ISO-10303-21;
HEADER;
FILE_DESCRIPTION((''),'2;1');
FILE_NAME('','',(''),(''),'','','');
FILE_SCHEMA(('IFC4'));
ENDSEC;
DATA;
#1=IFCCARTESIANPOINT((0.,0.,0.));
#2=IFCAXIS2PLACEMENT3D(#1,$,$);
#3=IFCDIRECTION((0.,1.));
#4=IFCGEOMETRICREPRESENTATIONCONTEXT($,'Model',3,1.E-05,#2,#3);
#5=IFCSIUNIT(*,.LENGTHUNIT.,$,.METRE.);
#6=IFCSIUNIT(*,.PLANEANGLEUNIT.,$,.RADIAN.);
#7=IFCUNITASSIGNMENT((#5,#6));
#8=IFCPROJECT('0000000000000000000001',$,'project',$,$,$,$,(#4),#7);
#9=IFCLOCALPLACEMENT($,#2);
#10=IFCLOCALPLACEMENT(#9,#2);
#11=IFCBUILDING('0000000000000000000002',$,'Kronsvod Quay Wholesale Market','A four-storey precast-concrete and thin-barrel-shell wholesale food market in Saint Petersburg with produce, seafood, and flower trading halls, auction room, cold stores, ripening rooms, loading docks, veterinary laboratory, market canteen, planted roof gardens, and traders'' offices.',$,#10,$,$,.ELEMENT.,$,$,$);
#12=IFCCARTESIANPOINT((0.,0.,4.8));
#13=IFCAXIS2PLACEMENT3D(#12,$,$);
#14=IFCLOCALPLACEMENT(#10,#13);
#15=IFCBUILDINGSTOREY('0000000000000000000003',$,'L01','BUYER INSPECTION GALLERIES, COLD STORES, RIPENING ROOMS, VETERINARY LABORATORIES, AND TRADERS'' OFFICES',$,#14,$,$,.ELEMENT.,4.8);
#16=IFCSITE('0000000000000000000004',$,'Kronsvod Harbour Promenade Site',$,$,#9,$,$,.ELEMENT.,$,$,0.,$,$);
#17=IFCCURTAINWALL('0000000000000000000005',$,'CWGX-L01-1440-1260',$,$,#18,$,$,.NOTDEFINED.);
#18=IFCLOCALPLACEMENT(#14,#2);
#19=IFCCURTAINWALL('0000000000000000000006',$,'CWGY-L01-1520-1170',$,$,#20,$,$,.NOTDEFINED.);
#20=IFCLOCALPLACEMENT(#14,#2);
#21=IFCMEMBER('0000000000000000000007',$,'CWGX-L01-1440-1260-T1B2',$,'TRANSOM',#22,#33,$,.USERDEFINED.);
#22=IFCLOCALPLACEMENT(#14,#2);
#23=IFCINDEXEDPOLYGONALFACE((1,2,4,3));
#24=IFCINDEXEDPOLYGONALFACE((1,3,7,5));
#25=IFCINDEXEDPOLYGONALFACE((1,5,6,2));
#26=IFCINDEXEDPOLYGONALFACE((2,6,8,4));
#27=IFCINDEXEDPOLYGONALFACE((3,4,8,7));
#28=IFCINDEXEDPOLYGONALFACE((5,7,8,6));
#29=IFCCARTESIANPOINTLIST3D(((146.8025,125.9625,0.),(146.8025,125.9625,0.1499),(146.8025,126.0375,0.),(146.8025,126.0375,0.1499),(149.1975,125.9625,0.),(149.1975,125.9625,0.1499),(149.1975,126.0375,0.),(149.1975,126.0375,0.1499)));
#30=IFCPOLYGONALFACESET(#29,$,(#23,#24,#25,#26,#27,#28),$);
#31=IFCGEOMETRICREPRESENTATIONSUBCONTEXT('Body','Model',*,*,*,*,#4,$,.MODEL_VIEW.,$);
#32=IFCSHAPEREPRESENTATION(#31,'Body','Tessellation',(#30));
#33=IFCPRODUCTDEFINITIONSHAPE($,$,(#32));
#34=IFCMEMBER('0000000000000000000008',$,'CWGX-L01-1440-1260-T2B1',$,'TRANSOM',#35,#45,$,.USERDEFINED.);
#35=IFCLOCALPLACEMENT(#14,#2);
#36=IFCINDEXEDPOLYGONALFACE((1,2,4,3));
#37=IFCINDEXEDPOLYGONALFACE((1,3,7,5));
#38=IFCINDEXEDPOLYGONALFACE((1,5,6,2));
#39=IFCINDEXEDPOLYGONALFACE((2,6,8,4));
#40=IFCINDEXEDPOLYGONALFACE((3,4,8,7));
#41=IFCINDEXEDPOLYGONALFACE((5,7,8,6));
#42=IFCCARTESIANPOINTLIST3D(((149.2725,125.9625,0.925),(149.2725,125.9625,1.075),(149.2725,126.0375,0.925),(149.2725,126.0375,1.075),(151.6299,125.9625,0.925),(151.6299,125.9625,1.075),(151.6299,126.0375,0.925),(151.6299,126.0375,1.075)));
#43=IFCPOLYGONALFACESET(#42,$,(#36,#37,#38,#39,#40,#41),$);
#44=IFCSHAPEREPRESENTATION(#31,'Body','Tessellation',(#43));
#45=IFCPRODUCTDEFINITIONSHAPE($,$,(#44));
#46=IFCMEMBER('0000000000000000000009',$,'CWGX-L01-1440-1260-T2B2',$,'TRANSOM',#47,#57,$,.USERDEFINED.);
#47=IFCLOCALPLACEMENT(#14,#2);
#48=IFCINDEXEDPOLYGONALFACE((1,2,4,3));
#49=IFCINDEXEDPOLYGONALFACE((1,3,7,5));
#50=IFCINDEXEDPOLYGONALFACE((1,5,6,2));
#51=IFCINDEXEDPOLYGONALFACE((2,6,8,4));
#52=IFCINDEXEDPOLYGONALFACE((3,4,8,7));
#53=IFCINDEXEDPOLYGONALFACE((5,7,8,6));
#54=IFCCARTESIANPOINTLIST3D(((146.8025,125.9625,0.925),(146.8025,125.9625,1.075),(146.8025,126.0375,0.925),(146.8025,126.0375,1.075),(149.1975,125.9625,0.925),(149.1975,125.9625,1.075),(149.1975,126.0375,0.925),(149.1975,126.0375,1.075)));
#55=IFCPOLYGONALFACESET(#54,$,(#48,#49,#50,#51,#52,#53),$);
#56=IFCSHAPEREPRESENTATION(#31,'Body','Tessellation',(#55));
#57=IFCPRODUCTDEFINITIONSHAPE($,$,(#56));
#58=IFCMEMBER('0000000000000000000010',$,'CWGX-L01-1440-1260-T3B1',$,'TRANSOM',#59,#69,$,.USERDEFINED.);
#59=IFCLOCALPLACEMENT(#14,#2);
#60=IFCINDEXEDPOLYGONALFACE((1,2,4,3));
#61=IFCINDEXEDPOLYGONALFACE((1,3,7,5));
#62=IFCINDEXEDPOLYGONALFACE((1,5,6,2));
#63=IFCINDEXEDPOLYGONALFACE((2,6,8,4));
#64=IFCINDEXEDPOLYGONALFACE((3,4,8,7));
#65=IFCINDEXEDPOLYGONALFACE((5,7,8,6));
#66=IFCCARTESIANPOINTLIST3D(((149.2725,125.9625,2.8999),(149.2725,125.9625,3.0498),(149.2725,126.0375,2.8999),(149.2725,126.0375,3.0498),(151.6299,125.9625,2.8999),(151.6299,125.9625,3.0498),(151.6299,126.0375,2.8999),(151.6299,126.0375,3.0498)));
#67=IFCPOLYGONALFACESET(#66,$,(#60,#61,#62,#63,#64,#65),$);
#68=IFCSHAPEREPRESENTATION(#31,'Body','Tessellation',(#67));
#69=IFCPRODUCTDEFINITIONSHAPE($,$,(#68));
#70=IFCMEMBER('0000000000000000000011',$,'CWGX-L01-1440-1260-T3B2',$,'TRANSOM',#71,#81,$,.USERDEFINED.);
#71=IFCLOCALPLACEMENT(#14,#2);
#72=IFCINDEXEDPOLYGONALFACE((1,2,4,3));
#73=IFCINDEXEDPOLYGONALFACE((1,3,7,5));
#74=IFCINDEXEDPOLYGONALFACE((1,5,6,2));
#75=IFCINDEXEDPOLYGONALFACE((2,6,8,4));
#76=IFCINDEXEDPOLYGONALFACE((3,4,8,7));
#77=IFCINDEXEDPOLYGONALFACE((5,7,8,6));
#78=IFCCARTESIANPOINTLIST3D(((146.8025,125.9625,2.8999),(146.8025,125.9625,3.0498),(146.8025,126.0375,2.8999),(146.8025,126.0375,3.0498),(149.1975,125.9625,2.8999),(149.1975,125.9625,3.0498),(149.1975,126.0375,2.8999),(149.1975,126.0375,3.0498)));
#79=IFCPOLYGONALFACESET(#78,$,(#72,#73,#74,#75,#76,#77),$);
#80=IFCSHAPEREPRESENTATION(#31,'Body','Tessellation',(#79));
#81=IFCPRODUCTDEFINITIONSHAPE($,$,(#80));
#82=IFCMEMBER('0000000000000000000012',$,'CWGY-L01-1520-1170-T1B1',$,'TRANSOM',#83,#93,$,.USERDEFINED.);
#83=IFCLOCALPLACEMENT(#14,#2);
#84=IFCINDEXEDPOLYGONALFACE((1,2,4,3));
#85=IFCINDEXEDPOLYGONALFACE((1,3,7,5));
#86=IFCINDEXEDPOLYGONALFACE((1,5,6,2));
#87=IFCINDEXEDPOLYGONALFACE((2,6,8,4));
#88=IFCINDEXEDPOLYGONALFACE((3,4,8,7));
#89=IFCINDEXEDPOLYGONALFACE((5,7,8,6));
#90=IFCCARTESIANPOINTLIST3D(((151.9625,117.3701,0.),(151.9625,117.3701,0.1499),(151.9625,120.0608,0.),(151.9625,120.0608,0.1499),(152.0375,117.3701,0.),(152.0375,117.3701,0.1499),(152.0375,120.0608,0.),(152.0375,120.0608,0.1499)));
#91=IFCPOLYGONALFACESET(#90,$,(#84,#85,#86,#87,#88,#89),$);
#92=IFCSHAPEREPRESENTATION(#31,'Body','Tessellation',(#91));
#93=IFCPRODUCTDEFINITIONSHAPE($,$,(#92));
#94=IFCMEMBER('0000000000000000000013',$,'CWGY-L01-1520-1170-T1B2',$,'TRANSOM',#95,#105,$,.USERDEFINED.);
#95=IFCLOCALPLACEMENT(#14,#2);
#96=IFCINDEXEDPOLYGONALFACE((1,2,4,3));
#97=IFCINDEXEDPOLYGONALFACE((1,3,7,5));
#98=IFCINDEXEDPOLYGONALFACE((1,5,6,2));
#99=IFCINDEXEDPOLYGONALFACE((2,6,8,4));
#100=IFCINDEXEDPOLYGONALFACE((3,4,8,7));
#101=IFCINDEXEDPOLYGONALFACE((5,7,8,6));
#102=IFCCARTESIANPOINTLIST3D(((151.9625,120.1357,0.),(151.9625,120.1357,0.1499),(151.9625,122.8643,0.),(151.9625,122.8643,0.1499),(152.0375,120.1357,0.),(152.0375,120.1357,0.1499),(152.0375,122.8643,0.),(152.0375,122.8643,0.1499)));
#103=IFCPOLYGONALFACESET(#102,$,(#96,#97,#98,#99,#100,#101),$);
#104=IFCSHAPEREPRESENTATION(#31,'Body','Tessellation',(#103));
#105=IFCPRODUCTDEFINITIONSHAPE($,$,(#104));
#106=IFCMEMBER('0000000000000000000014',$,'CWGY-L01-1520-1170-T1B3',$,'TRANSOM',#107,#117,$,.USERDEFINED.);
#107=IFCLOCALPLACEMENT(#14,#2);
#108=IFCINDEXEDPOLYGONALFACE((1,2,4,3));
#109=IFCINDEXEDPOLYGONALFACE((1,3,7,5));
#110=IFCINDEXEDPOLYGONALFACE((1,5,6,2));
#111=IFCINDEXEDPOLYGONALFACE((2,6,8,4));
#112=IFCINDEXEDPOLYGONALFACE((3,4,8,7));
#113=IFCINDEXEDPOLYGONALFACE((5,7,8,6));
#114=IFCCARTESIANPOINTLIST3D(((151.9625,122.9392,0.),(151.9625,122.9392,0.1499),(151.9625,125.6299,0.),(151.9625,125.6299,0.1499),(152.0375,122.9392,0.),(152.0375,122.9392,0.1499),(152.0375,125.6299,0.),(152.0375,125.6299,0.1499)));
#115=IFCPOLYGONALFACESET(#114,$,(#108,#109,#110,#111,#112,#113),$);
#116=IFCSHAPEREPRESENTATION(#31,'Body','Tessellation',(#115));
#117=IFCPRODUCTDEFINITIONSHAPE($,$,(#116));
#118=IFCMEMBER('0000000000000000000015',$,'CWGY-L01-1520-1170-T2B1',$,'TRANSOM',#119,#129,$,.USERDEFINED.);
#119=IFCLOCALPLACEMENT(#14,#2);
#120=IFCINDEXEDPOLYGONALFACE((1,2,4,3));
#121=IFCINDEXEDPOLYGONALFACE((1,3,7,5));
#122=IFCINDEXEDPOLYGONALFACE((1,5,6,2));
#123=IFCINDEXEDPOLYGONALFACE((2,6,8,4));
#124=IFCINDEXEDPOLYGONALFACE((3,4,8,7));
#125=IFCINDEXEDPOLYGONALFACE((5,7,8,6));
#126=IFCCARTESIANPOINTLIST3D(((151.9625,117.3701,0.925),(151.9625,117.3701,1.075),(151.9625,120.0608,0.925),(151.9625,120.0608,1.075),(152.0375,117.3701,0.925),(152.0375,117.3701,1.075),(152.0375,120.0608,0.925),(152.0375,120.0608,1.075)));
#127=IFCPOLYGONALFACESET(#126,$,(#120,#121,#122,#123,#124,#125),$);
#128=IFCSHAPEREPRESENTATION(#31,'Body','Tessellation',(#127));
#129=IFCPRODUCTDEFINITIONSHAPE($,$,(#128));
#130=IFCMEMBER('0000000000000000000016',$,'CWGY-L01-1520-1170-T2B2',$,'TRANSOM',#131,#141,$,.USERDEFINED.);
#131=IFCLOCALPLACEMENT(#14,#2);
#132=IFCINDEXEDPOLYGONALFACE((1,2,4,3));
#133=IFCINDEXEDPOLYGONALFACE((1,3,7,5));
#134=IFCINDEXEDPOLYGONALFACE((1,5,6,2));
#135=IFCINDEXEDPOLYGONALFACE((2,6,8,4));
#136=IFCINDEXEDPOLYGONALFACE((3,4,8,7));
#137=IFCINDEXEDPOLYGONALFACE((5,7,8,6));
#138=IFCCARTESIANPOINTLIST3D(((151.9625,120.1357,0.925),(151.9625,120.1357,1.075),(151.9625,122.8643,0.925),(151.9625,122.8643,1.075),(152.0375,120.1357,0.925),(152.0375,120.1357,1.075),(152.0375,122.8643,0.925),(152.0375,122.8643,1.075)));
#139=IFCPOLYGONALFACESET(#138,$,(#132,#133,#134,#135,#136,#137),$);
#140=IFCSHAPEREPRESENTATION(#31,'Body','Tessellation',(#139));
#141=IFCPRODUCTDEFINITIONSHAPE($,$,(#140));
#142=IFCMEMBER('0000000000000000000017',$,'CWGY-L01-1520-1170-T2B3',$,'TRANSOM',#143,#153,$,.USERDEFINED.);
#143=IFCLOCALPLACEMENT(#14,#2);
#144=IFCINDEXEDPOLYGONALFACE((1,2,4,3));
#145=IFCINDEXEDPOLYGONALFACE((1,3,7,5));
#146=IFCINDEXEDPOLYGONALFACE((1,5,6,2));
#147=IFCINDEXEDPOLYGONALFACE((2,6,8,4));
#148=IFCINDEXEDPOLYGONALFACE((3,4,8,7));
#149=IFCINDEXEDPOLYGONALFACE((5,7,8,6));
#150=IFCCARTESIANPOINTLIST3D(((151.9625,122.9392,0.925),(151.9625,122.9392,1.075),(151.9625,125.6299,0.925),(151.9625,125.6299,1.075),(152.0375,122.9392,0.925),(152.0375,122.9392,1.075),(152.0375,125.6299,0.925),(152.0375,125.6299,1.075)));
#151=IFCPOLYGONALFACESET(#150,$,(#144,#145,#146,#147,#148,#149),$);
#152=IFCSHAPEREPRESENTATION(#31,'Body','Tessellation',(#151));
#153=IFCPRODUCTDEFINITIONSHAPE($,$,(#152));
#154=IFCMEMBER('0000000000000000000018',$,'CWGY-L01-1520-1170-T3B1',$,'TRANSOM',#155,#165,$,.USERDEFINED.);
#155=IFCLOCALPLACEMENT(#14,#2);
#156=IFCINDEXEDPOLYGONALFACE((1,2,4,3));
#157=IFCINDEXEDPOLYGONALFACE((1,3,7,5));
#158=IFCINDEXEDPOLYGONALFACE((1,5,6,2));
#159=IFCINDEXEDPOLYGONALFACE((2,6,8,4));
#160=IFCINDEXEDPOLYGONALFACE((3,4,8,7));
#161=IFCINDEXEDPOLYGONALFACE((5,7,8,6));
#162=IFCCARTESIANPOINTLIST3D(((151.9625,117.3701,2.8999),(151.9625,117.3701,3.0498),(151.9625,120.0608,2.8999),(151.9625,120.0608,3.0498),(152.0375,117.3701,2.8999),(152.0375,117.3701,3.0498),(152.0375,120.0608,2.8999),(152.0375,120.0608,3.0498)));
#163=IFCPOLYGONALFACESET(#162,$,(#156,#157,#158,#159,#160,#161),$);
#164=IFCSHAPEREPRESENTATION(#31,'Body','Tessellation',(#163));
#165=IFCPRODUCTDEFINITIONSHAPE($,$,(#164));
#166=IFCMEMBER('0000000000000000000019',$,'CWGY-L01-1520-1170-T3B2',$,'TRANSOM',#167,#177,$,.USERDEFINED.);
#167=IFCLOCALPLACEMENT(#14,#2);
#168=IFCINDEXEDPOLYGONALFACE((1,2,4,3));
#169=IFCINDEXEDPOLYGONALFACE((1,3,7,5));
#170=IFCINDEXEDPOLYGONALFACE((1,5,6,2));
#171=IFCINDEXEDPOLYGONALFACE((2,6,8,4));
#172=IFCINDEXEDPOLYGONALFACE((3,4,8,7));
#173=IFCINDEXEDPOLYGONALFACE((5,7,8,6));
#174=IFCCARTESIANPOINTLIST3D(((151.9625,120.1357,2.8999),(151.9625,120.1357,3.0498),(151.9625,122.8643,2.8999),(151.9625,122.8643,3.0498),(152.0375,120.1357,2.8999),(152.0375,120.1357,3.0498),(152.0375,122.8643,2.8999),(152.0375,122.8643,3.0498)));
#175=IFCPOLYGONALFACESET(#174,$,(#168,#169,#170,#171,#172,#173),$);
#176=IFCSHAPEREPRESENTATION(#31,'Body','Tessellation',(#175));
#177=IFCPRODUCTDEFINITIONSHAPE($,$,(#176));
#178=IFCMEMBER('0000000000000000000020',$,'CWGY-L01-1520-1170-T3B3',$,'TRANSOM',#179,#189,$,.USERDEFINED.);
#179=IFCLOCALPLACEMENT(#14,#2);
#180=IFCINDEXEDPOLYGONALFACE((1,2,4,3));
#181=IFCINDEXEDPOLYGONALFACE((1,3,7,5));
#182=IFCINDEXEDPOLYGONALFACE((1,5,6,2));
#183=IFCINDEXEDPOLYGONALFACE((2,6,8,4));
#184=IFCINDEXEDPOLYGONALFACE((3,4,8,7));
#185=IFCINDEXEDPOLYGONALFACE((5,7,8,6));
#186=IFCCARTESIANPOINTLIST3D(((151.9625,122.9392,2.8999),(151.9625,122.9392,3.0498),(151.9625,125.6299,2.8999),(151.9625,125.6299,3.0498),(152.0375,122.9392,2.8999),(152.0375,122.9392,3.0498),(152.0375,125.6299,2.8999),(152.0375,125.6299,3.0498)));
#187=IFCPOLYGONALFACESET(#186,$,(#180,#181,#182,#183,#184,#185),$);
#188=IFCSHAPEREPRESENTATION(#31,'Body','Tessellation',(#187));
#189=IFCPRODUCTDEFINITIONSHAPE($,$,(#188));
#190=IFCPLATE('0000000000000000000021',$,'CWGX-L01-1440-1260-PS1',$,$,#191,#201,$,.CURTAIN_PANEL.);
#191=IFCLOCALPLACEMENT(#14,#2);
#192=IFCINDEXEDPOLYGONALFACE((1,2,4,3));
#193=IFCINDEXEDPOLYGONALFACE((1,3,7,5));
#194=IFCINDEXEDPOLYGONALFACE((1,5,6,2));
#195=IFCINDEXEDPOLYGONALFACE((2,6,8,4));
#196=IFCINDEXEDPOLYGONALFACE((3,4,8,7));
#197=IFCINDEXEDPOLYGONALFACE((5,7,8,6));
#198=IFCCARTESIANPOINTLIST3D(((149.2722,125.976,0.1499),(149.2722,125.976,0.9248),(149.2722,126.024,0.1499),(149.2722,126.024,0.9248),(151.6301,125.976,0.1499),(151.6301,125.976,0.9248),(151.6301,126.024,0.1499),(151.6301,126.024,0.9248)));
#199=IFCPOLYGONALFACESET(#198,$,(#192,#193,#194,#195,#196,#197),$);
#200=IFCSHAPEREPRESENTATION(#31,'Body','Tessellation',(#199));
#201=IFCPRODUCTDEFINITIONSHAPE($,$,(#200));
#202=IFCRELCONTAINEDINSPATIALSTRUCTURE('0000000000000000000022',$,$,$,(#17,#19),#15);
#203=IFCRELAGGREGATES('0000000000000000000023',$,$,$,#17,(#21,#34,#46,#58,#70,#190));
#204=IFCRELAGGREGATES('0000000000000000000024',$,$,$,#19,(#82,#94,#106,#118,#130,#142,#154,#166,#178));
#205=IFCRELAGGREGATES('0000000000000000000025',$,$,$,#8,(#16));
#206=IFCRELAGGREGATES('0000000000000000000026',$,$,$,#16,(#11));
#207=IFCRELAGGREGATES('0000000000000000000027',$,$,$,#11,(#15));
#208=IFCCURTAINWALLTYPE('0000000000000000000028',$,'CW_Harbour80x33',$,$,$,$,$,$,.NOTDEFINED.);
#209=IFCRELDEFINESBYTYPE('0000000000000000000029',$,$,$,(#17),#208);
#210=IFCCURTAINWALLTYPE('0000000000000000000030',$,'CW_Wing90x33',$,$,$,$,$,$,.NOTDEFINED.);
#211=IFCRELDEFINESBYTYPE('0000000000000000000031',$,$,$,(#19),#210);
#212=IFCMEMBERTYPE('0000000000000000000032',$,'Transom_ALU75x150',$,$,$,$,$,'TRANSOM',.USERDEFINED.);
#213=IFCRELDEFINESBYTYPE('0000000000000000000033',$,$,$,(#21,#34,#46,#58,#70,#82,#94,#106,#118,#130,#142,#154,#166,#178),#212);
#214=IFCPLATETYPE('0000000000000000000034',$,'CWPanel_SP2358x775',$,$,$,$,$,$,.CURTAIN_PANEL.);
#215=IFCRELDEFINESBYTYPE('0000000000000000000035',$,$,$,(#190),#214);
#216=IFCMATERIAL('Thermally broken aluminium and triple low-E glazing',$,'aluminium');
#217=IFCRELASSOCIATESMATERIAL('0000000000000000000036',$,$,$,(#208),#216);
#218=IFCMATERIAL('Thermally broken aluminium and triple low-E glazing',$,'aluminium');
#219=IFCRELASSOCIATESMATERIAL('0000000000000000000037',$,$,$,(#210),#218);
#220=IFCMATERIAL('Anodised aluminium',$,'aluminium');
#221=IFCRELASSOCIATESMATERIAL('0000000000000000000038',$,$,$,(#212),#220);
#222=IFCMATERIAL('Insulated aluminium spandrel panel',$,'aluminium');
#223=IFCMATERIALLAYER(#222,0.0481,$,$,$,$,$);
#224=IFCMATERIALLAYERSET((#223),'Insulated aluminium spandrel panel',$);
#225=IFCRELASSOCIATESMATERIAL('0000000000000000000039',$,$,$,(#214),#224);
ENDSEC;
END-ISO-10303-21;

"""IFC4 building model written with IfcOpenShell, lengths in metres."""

from ifc_helpers import new_model, si_unit, direction, frame, origin, origin_2d, place, context, subcontext, project, spatial, rectangle, extrude, material, layer, layer_set, material_profile, profile_set, type_object, element, aggregate, save


model = new_model("IFC4")

# Units and contexts
model_context = context("Model", 3, precision=1e-05, world=origin(), true_north=direction((0.0, 1.0)))
body_context = subcontext(model_context, "Body", "Model", "MODEL_VIEW")
ifc_project = project(units=[si_unit("LENGTHUNIT", "METRE"), si_unit("PLANEANGLEUNIT", "RADIAN")], contexts=[model_context])

# Site, building, storey
site_placement = place(None, origin())
site = spatial("IfcSite", under=ifc_project, at=site_placement, Name="Kronsvod Harbour Promenade Site", CompositionType="ELEMENT", RefElevation=0.0)
building_placement = place(site_placement, origin())
building = spatial("IfcBuilding", under=site, at=building_placement, Name="Kronsvod Quay Wholesale Market", Description="A four-storey precast-concrete and thin-barrel-shell wholesale food market in Saint Petersburg with produce, seafood, and flower trading halls, auction room, cold stores, ripening rooms, loading docks, veterinary laboratory, market canteen, planted roof gardens, and traders' offices.", CompositionType="ELEMENT")
storey_placement = place(building_placement, frame((0.0, 0.0, 4.8)))
storey = spatial("IfcBuildingStorey", under=building, at=storey_placement, Name="L01", Description="BUYER INSPECTION GALLERIES, COLD STORES, RIPENING ROOMS, VETERINARY LABORATORIES, AND TRADERS' OFFICES", CompositionType="ELEMENT", Elevation=4.8)

# Curtain walls
ifc_material_1 = material(Name="Thermally broken aluminium and triple low-E glazing", Category="aluminium")
curtain_wall_type_1 = type_object("IfcCurtainWallType", Name="CW_Harbour80x33", PredefinedType="NOTDEFINED", material=ifc_material_1)
curtain_wall_1_placement = place(storey_placement, origin())
curtain_wall_1 = element("IfcCurtainWall", 1, at=curtain_wall_1_placement, inside=storey, type_object=curtain_wall_type_1, Name="CWGX-L01-1440-1260", PredefinedType="NOTDEFINED")
ifc_material_2 = material(Name="Thermally broken aluminium and triple low-E glazing", Category="aluminium")
curtain_wall_type_2 = type_object("IfcCurtainWallType", Name="CW_Wing90x33", PredefinedType="NOTDEFINED", material=ifc_material_2)
curtain_wall_2_placement = place(storey_placement, origin())
curtain_wall_2 = element("IfcCurtainWall", 2, at=curtain_wall_2_placement, inside=storey, type_object=curtain_wall_type_2, Name="CWGY-L01-1520-1170", PredefinedType="NOTDEFINED")

# Members
ifc_material_3 = material(Name="Anodised aluminium", Category="aluminium")
ifc_material_profile_1 = material_profile(ifc_material_3, rectangle(XDim=0.075, YDim=0.1499, at=origin_2d()), Name="ALUT75x150")
ifc_profile_set_1 = profile_set([ifc_material_profile_1], Name="Anodised aluminium")
member_type_1 = type_object("IfcMemberType", Name="Transom_ALU75x150", ElementType="TRANSOM", PredefinedType="USERDEFINED", material=ifc_profile_set_1)
member_1_placement = place(storey_placement, frame((149.1975, 126.0, 0.075), z_axis=(-1.0, 0.0, 0.0), x_axis=(0.0, -1.0, 0.0)))
member_1 = element("IfcMember", 3, at=member_1_placement, type_object=member_type_1, Name="CWGX-L01-1440-1260-T1B2", ObjectType="TRANSOM", PredefinedType="USERDEFINED", context=body_context, shape_type="SweptSolid", body=[
    extrude(rectangle(XDim=0.075, YDim=0.1499, at=origin_2d()), origin(), (0.0, 0.0, 1.0), 2.395),
])
member_2_placement = place(storey_placement, frame((151.6299, 126.0, 1.0), z_axis=(-1.0, 0.0, 0.0), x_axis=(0.0, -1.0, 0.0)))
member_2 = element("IfcMember", 4, at=member_2_placement, type_object=member_type_1, Name="CWGX-L01-1440-1260-T2B1", ObjectType="TRANSOM", PredefinedType="USERDEFINED", context=body_context, shape_type="SweptSolid", body=[
    extrude(rectangle(XDim=0.075, YDim=0.1499, at=origin_2d()), origin(), (0.0, 0.0, 1.0), 2.3574),
])
member_3_placement = place(storey_placement, frame((149.1975, 126.0, 1.0), z_axis=(-1.0, 0.0, 0.0), x_axis=(0.0, -1.0, 0.0)))
member_3 = element("IfcMember", 5, at=member_3_placement, type_object=member_type_1, Name="CWGX-L01-1440-1260-T2B2", ObjectType="TRANSOM", PredefinedType="USERDEFINED", context=body_context, shape_type="SweptSolid", body=[
    extrude(rectangle(XDim=0.075, YDim=0.1499, at=origin_2d()), origin(), (0.0, 0.0, 1.0), 2.395),
])
member_4_placement = place(storey_placement, frame((151.6299, 126.0, 2.9749), z_axis=(-1.0, 0.0, 0.0), x_axis=(0.0, -1.0, 0.0)))
member_4 = element("IfcMember", 6, at=member_4_placement, type_object=member_type_1, Name="CWGX-L01-1440-1260-T3B1", ObjectType="TRANSOM", PredefinedType="USERDEFINED", context=body_context, shape_type="SweptSolid", body=[
    extrude(rectangle(XDim=0.075, YDim=0.1499, at=origin_2d()), origin(), (0.0, 0.0, 1.0), 2.3574),
])
member_5_placement = place(storey_placement, frame((149.1975, 126.0, 2.9749), z_axis=(-1.0, 0.0, 0.0), x_axis=(0.0, -1.0, 0.0)))
member_5 = element("IfcMember", 7, at=member_5_placement, type_object=member_type_1, Name="CWGX-L01-1440-1260-T3B2", ObjectType="TRANSOM", PredefinedType="USERDEFINED", context=body_context, shape_type="SweptSolid", body=[
    extrude(rectangle(XDim=0.075, YDim=0.1499, at=origin_2d()), origin(), (0.0, 0.0, 1.0), 2.395),
])
member_6_placement = place(storey_placement, frame((152.0, 117.3701, 0.075), z_axis=(0.0, 1.0, 0.0), x_axis=(-1.0, 0.0, 0.0)))
member_6 = element("IfcMember", 8, at=member_6_placement, type_object=member_type_1, Name="CWGY-L01-1520-1170-T1B1", ObjectType="TRANSOM", PredefinedType="USERDEFINED", context=body_context, shape_type="SweptSolid", body=[
    extrude(rectangle(XDim=0.075, YDim=0.1499, at=origin_2d()), origin(), (0.0, 0.0, 1.0), 2.6907),
])
member_7_placement = place(storey_placement, frame((152.0, 120.1357, 0.075), z_axis=(0.0, 1.0, 0.0), x_axis=(-1.0, 0.0, 0.0)))
member_7 = element("IfcMember", 9, at=member_7_placement, type_object=member_type_1, Name="CWGY-L01-1520-1170-T1B2", ObjectType="TRANSOM", PredefinedType="USERDEFINED", context=body_context, shape_type="SweptSolid", body=[
    extrude(rectangle(XDim=0.075, YDim=0.1499, at=origin_2d()), origin(), (0.0, 0.0, 1.0), 2.7285),
])
member_8_placement = place(storey_placement, frame((152.0, 122.9392, 0.075), z_axis=(0.0, 1.0, 0.0), x_axis=(-1.0, 0.0, 0.0)))
member_8 = element("IfcMember", 10, at=member_8_placement, type_object=member_type_1, Name="CWGY-L01-1520-1170-T1B3", ObjectType="TRANSOM", PredefinedType="USERDEFINED", context=body_context, shape_type="SweptSolid", body=[
    extrude(rectangle(XDim=0.075, YDim=0.1499, at=origin_2d()), origin(), (0.0, 0.0, 1.0), 2.6907),
])
member_9_placement = place(storey_placement, frame((152.0, 117.3701, 1.0), z_axis=(0.0, 1.0, 0.0), x_axis=(-1.0, 0.0, 0.0)))
member_9 = element("IfcMember", 11, at=member_9_placement, type_object=member_type_1, Name="CWGY-L01-1520-1170-T2B1", ObjectType="TRANSOM", PredefinedType="USERDEFINED", context=body_context, shape_type="SweptSolid", body=[
    extrude(rectangle(XDim=0.075, YDim=0.1499, at=origin_2d()), origin(), (0.0, 0.0, 1.0), 2.6907),
])
member_10_placement = place(storey_placement, frame((152.0, 120.1357, 1.0), z_axis=(0.0, 1.0, 0.0), x_axis=(-1.0, 0.0, 0.0)))
member_10 = element("IfcMember", 12, at=member_10_placement, type_object=member_type_1, Name="CWGY-L01-1520-1170-T2B2", ObjectType="TRANSOM", PredefinedType="USERDEFINED", context=body_context, shape_type="SweptSolid", body=[
    extrude(rectangle(XDim=0.075, YDim=0.1499, at=origin_2d()), origin(), (0.0, 0.0, 1.0), 2.7285),
])
member_11_placement = place(storey_placement, frame((152.0, 122.9392, 1.0), z_axis=(0.0, 1.0, 0.0), x_axis=(-1.0, 0.0, 0.0)))
member_11 = element("IfcMember", 13, at=member_11_placement, type_object=member_type_1, Name="CWGY-L01-1520-1170-T2B3", ObjectType="TRANSOM", PredefinedType="USERDEFINED", context=body_context, shape_type="SweptSolid", body=[
    extrude(rectangle(XDim=0.075, YDim=0.1499, at=origin_2d()), origin(), (0.0, 0.0, 1.0), 2.6907),
])
member_12_placement = place(storey_placement, frame((152.0, 117.3701, 2.9749), z_axis=(0.0, 1.0, 0.0), x_axis=(-1.0, 0.0, 0.0)))
member_12 = element("IfcMember", 14, at=member_12_placement, type_object=member_type_1, Name="CWGY-L01-1520-1170-T3B1", ObjectType="TRANSOM", PredefinedType="USERDEFINED", context=body_context, shape_type="SweptSolid", body=[
    extrude(rectangle(XDim=0.075, YDim=0.1499, at=origin_2d()), origin(), (0.0, 0.0, 1.0), 2.6907),
])
member_13_placement = place(storey_placement, frame((152.0, 120.1357, 2.9749), z_axis=(0.0, 1.0, 0.0), x_axis=(-1.0, 0.0, 0.0)))
member_13 = element("IfcMember", 15, at=member_13_placement, type_object=member_type_1, Name="CWGY-L01-1520-1170-T3B2", ObjectType="TRANSOM", PredefinedType="USERDEFINED", context=body_context, shape_type="SweptSolid", body=[
    extrude(rectangle(XDim=0.075, YDim=0.1499, at=origin_2d()), origin(), (0.0, 0.0, 1.0), 2.7285),
])
member_14_placement = place(storey_placement, frame((152.0, 122.9392, 2.9749), z_axis=(0.0, 1.0, 0.0), x_axis=(-1.0, 0.0, 0.0)))
member_14 = element("IfcMember", 16, at=member_14_placement, type_object=member_type_1, Name="CWGY-L01-1520-1170-T3B3", ObjectType="TRANSOM", PredefinedType="USERDEFINED", context=body_context, shape_type="SweptSolid", body=[
    extrude(rectangle(XDim=0.075, YDim=0.1499, at=origin_2d()), origin(), (0.0, 0.0, 1.0), 2.6907),
])

# Plate
ifc_material_4 = material(Name="Insulated aluminium spandrel panel", Category="aluminium")
ifc_layer_1 = layer(ifc_material_4, 0.0481)
ifc_layer_set_1 = layer_set([ifc_layer_1], Name="Insulated aluminium spandrel panel")
plate_type_1 = type_object("IfcPlateType", Name="CWPanel_SP2358x775", PredefinedType="CURTAIN_PANEL", material=ifc_layer_set_1)
plate_1_placement = place(storey_placement, frame((150.4512, 126.0, 0.1499), z_axis=(0.0, 0.0, 1.0), x_axis=(-1.0, 0.0, 0.0)))
plate_1 = element("IfcPlate", 17, at=plate_1_placement, type_object=plate_type_1, Name="CWGX-L01-1440-1260-PS1", PredefinedType="CURTAIN_PANEL", context=body_context, shape_type="SweptSolid", body=[
    extrude(rectangle(XDim=2.3579, YDim=0.0481, at=origin_2d()), origin(), (0.0, 0.0, 1.0), 0.7749),
])
aggregate(curtain_wall_1, [member_1, member_2, member_3, member_4, member_5, plate_1])
aggregate(curtain_wall_2, [member_6, member_7, member_8, member_9, member_10, member_11, member_12, member_13, member_14])

save(model, "model.ifc")
